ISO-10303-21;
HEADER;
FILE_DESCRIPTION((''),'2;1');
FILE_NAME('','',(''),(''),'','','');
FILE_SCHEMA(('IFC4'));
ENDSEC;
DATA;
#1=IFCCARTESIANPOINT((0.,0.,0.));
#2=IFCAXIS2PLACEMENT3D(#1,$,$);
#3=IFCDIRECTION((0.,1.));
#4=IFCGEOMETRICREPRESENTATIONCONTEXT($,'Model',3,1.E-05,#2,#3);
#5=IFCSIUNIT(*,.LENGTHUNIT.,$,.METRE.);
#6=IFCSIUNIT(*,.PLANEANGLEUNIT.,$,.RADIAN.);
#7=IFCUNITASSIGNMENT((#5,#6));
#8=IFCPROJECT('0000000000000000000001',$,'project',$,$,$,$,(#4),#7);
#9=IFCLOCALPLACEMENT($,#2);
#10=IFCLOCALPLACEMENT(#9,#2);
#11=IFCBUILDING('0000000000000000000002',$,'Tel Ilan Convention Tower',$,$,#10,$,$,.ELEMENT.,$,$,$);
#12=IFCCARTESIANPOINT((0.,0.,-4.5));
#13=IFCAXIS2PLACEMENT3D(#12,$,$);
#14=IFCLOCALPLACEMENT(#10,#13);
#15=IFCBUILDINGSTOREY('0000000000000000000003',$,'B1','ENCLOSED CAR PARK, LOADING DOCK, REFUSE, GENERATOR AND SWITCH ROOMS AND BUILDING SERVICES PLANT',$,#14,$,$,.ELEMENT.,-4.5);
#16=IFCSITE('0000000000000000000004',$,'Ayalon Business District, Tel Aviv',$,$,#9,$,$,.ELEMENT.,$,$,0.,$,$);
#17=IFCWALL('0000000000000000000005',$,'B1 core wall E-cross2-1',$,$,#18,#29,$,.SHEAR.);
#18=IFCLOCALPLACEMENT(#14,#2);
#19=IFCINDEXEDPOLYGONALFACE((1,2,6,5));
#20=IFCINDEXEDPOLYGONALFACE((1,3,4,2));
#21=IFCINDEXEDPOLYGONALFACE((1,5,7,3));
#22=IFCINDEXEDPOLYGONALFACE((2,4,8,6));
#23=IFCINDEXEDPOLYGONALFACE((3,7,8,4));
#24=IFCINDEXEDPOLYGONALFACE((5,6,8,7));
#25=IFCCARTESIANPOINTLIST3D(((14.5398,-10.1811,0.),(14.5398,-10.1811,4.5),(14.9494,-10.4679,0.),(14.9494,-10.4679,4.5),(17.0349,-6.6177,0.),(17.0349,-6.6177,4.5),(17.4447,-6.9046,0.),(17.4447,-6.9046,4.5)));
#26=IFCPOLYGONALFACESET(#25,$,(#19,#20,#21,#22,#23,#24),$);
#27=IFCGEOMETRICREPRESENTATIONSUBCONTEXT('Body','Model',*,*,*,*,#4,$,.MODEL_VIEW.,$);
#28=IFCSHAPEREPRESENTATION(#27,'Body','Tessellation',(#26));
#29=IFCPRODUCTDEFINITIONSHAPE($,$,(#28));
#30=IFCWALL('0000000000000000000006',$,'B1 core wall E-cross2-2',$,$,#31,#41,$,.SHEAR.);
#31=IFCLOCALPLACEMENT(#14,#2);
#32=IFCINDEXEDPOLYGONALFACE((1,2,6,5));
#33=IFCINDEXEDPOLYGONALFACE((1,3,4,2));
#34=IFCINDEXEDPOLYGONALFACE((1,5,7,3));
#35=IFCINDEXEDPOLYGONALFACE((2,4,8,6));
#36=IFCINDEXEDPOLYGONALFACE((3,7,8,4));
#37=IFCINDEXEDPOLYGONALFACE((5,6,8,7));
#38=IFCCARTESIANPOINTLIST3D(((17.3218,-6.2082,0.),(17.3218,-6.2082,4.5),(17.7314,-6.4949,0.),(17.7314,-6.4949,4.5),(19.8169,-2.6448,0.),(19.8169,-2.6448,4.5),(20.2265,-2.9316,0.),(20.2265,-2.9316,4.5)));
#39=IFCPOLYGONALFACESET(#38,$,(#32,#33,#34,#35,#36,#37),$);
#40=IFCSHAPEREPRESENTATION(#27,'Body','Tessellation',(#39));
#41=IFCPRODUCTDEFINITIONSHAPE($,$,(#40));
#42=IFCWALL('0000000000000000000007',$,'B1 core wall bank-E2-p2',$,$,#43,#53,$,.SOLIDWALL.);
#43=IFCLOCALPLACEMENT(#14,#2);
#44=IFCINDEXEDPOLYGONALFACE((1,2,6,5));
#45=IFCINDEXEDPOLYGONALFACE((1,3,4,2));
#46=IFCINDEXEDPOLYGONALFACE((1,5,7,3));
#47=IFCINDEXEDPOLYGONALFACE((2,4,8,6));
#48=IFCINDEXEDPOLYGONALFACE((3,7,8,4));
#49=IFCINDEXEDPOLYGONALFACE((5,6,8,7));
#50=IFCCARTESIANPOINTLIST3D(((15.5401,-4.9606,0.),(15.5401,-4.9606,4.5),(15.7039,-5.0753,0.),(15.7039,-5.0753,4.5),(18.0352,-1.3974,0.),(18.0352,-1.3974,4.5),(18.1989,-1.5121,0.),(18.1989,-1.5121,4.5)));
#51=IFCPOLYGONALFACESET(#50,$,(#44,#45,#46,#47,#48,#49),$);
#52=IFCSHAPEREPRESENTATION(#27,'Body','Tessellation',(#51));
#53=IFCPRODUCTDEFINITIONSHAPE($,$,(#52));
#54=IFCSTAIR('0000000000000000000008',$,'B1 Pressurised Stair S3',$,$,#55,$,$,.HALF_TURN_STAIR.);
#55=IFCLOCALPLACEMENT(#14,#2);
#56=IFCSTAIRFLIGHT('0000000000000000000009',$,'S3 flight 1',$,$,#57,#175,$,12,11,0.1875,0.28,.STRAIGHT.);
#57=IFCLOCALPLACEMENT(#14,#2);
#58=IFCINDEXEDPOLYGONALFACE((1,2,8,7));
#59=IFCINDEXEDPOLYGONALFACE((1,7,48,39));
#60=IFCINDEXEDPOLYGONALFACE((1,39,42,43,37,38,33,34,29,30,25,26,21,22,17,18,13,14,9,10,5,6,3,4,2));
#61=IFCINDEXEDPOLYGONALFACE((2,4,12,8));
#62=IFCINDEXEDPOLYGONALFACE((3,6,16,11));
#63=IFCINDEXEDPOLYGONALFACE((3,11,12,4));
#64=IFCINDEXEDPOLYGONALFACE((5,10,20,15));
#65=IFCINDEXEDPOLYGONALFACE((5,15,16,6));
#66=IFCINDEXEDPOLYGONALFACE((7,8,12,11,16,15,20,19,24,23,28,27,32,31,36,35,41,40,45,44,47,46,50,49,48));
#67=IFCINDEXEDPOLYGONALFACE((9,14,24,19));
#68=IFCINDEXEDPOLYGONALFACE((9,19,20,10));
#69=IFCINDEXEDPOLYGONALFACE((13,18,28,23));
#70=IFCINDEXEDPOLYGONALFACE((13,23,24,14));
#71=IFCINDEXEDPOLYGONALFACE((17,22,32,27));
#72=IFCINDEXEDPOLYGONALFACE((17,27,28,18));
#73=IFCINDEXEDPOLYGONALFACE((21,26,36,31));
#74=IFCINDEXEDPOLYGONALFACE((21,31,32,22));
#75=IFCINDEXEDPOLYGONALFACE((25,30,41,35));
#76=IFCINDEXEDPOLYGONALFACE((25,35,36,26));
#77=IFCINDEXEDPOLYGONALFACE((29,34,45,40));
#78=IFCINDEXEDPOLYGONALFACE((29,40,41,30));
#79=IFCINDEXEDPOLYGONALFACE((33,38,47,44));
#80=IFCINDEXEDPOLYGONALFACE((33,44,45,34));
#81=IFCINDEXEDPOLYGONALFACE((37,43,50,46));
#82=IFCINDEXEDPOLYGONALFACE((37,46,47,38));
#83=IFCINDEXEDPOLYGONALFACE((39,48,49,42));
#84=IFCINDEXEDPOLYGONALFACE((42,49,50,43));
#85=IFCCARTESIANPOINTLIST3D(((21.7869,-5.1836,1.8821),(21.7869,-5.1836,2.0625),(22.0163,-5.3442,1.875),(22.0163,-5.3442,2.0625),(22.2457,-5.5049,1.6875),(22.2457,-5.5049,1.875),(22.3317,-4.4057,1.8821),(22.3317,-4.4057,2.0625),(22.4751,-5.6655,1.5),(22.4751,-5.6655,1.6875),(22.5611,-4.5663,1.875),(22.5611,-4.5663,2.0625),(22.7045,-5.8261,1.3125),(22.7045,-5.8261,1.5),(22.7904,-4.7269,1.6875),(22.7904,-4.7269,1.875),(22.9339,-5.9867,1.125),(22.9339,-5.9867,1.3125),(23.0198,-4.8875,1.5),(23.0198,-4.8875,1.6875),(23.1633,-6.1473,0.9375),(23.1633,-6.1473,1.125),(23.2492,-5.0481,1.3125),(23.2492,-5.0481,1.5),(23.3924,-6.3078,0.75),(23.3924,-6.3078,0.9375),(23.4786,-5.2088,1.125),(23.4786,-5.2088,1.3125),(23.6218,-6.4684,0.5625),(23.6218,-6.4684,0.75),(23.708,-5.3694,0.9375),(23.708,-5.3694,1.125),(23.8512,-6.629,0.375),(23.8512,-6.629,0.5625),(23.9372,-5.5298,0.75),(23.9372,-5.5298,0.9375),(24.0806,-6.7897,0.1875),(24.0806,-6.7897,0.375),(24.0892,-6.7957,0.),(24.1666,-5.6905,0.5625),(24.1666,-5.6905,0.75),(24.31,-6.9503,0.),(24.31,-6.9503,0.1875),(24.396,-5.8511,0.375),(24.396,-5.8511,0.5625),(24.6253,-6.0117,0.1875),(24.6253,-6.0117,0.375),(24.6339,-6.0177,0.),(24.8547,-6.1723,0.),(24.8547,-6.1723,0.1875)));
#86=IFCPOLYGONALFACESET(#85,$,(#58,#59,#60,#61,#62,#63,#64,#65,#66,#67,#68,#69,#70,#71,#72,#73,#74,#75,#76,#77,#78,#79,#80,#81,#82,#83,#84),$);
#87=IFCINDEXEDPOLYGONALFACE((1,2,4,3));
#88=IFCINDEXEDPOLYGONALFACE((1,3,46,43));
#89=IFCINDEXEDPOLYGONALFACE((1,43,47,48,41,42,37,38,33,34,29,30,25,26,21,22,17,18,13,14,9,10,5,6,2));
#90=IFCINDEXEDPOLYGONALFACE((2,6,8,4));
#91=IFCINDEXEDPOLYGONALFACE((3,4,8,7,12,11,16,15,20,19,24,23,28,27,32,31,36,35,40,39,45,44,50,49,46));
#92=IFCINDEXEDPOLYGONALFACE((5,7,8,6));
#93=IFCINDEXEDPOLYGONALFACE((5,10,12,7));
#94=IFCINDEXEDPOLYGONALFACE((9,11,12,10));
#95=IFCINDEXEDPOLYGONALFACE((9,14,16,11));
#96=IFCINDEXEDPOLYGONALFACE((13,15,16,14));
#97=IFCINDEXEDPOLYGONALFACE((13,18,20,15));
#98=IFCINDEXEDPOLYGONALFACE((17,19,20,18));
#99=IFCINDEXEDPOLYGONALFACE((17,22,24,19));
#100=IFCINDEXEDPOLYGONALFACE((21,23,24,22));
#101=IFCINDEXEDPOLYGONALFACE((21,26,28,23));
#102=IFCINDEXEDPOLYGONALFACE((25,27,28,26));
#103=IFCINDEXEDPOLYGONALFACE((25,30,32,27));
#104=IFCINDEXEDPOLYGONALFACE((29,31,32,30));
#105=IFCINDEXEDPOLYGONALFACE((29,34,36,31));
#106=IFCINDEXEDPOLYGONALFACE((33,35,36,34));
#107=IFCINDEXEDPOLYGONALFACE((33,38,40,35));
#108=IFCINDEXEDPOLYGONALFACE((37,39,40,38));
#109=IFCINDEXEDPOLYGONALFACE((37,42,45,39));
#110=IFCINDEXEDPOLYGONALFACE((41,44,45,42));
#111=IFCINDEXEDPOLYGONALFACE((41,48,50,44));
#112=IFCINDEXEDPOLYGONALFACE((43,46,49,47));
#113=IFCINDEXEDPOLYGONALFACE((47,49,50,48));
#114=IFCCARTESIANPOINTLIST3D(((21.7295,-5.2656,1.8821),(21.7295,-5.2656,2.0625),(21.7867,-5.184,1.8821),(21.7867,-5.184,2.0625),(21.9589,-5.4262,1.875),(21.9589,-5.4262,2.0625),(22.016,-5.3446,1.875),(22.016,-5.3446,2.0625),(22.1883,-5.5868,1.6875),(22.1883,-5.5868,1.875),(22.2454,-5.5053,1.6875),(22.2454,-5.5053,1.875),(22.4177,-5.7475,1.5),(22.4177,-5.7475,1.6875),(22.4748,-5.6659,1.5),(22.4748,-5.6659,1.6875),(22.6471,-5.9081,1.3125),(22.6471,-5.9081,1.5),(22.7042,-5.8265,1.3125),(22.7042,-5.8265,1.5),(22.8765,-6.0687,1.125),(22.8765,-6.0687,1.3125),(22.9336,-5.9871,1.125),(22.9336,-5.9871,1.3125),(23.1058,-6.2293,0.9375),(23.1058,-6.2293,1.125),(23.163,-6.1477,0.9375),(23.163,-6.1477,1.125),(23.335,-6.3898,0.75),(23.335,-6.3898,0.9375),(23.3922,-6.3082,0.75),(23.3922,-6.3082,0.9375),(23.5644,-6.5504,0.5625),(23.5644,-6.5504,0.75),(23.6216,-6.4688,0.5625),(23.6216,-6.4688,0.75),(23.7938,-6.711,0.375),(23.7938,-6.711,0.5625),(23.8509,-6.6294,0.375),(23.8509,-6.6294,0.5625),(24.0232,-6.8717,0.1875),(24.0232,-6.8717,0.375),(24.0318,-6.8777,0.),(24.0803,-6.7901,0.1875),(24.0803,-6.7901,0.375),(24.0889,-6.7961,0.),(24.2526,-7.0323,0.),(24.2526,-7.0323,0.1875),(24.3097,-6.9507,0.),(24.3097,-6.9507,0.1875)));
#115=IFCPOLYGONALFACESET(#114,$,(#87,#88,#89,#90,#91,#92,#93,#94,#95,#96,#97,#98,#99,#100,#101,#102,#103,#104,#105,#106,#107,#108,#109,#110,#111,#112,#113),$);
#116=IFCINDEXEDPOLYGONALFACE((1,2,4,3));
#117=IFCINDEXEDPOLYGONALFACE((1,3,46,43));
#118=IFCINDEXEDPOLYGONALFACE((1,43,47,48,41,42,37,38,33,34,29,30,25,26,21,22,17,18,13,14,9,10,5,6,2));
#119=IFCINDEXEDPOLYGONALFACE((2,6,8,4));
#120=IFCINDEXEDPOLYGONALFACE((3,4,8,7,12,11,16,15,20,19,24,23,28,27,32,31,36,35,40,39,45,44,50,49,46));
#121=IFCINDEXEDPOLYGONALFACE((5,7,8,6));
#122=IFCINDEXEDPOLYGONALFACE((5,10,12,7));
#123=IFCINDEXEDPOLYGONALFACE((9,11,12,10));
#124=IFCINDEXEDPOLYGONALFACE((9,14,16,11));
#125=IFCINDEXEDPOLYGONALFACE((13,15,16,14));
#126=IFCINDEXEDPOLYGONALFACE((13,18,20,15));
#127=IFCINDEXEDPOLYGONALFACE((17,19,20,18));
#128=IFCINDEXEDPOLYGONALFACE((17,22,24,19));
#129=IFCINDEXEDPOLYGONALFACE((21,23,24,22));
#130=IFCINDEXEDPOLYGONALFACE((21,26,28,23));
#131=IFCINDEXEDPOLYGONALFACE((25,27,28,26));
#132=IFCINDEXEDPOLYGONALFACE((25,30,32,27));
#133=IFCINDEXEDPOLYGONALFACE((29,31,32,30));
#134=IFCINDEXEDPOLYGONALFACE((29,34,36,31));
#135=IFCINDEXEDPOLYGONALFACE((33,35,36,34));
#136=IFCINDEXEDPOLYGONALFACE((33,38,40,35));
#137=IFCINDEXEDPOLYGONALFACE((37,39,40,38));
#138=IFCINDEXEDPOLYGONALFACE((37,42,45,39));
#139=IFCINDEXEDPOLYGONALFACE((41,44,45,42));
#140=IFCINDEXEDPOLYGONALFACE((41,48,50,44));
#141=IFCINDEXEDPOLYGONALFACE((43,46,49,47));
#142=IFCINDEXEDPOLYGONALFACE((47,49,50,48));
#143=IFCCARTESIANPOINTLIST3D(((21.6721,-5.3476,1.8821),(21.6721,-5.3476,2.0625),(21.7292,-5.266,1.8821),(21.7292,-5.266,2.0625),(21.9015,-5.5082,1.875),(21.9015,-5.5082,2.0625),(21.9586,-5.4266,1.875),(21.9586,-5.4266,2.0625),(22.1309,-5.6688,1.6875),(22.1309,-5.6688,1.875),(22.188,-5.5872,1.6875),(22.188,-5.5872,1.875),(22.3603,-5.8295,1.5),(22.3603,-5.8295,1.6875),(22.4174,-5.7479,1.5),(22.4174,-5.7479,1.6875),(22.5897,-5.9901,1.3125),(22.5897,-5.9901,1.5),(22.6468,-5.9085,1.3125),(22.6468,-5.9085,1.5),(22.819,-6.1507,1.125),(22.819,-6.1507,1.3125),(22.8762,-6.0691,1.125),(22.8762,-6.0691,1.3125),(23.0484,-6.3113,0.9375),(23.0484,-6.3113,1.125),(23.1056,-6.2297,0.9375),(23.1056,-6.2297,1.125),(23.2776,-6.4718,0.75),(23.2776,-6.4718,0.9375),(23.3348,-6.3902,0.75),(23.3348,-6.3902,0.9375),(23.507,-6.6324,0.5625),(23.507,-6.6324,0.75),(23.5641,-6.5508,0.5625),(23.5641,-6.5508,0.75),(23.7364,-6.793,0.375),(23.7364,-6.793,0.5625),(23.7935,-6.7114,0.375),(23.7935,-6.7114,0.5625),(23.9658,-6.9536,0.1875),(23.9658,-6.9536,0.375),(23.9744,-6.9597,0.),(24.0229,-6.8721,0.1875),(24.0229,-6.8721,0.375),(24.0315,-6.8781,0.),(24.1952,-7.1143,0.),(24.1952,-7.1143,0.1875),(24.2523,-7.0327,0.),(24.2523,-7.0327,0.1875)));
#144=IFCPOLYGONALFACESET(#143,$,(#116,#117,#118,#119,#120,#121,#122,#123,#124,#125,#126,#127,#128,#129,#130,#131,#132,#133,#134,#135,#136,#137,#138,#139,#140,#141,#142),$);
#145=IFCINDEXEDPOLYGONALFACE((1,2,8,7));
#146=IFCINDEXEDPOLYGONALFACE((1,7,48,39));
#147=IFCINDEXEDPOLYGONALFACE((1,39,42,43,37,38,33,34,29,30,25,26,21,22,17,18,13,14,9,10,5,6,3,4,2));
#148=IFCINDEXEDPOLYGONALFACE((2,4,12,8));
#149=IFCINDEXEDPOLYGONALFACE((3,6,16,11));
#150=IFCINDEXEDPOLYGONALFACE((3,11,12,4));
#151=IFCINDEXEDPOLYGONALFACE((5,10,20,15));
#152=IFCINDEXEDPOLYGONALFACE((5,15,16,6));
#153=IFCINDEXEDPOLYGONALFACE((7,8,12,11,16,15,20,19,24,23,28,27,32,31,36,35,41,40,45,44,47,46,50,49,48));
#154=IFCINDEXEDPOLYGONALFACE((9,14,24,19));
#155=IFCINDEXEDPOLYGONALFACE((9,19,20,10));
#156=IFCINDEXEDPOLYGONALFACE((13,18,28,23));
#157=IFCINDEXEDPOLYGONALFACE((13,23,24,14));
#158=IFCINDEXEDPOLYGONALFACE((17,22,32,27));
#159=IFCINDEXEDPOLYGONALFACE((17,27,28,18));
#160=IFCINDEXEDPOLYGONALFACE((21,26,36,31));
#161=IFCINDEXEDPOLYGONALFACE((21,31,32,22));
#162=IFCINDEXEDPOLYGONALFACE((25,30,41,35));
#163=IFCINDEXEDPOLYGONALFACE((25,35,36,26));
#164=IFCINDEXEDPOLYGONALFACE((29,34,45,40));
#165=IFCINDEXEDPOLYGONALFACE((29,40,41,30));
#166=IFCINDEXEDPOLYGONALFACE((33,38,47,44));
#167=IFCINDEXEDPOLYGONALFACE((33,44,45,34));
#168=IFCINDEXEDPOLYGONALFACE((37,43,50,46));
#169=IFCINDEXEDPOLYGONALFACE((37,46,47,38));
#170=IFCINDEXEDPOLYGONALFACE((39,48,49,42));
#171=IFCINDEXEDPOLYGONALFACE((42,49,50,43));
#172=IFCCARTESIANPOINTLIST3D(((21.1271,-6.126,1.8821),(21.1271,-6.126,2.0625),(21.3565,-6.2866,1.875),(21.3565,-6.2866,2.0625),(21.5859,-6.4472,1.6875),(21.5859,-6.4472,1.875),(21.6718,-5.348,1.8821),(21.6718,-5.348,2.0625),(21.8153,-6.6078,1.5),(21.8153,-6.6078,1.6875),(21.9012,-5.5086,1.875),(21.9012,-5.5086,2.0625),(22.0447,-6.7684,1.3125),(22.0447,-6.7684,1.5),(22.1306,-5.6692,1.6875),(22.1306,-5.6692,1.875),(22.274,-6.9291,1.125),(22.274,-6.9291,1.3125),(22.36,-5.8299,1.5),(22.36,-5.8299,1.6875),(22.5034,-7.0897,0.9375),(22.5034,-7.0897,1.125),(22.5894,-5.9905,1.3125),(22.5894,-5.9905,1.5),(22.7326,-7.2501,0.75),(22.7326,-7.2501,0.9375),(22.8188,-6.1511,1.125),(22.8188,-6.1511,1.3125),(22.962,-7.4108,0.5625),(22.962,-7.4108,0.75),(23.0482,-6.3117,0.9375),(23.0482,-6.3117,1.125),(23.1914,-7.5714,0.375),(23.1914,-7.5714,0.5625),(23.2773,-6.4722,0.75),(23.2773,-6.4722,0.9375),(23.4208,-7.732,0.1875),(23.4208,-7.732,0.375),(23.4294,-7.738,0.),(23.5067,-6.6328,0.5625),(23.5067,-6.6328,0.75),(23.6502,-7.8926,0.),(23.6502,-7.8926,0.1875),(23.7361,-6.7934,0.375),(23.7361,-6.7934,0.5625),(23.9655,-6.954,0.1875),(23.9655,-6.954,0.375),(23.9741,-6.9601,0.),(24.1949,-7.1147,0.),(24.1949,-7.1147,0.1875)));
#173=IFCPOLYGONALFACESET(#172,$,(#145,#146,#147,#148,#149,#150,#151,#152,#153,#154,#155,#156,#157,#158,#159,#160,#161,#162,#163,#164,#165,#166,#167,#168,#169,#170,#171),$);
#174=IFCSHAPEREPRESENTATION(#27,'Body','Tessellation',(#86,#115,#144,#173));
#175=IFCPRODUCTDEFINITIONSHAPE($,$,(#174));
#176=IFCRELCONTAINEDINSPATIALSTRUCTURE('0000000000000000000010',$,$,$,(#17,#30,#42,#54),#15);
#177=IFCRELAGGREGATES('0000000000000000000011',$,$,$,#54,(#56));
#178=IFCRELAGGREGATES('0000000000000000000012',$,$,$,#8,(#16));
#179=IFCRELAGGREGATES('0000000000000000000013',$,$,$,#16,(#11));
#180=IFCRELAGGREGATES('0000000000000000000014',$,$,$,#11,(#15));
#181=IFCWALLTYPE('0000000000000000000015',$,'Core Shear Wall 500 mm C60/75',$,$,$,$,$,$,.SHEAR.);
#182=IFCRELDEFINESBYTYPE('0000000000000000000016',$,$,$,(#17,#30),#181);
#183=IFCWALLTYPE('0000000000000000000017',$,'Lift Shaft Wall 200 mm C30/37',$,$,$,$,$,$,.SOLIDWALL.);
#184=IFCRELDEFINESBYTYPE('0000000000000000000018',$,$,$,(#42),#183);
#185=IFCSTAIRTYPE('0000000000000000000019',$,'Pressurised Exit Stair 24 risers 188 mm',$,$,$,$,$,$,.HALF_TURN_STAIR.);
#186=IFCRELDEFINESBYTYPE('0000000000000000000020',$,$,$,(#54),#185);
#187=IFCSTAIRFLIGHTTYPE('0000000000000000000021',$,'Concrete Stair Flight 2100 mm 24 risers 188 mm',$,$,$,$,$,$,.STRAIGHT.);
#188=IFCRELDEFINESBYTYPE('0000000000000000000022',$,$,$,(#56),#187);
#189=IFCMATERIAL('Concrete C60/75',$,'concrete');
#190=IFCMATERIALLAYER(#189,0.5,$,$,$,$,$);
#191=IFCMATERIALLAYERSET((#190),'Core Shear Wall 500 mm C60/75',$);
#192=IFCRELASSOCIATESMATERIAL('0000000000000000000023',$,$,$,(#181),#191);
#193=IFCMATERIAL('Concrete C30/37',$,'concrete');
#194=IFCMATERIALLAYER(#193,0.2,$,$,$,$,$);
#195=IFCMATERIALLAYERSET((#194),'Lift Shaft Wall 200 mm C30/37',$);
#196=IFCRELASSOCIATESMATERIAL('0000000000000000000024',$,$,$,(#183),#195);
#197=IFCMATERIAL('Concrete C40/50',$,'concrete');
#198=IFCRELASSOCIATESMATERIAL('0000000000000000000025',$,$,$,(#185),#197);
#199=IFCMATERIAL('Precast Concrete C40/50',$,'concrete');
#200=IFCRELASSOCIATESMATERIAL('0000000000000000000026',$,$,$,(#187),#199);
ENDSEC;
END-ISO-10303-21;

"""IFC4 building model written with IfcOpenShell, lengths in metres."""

from ifc_helpers import new_model, si_unit, direction, frame, frame_2d, origin, place, context, subcontext, project, spatial, polyline, rectangle, outline, extrude, material, layer, layer_set, type_object, element, aggregate, save


model = new_model("IFC4")

# Units and contexts
model_context = context("Model", 3, precision=1e-05, world=origin(), true_north=direction((0.0, 1.0)))
body_context = subcontext(model_context, "Body", "Model", "MODEL_VIEW")
ifc_project = project(units=[si_unit("LENGTHUNIT", "METRE"), si_unit("PLANEANGLEUNIT", "RADIAN")], contexts=[model_context])

# Site, building, storey
site_placement = place(None, origin())
site = spatial("IfcSite", under=ifc_project, at=site_placement, Name="Ayalon Business District, Tel Aviv", CompositionType="ELEMENT", RefElevation=0.0)
building_placement = place(site_placement, origin())
building = spatial("IfcBuilding", under=site, at=building_placement, Name="Tel Ilan Convention Tower", CompositionType="ELEMENT")
storey_placement = place(building_placement, frame((0.0, 0.0, -4.5)))
storey = spatial("IfcBuildingStorey", under=building, at=storey_placement, Name="B1", Description="ENCLOSED CAR PARK, LOADING DOCK, REFUSE, GENERATOR AND SWITCH ROOMS AND BUILDING SERVICES PLANT", CompositionType="ELEMENT", Elevation=-4.5)

# Walls
ifc_material_1 = material(Name="Concrete C60/75", Category="concrete")
ifc_layer_1 = layer(ifc_material_1, 0.5)
ifc_layer_set_1 = layer_set([ifc_layer_1], Name="Core Shear Wall 500 mm C60/75")
wall_type_1 = type_object("IfcWallType", Name="Core Shear Wall 500 mm C60/75", PredefinedType="SHEAR", material=ifc_layer_set_1)
wall_1_placement = place(storey_placement, frame((14.7446, -10.3245, 0.0), z_axis=(0.0, 0.0, 1.0), x_axis=(0.573568, 0.819158, 0.0)))
element("IfcWall", 1, at=wall_1_placement, inside=storey, type_object=wall_type_1, Name="B1 core wall E-cross2-1", PredefinedType="SHEAR", context=body_context, shape_type="SweptSolid", body=[
    extrude(outline(polyline([(0.0, 0.25), (0.0, -0.25), (4.3501, -0.2502), (4.3501, 0.25), (0.0, 0.25)])), origin(), (0.0, 0.0, 1.0), 4.5),
])
wall_2_placement = place(storey_placement, frame((17.5266, -6.3516, 0.0), z_axis=(0.0, 0.0, 1.0), x_axis=(0.57353, 0.819184, 0.0)))
element("IfcWall", 2, at=wall_2_placement, inside=storey, type_object=wall_type_1, Name="B1 core wall E-cross2-2", PredefinedType="SHEAR", context=body_context, shape_type="SweptSolid", body=[
    extrude(outline(polyline([(4.3501, -0.2502), (4.3501, 0.2498), (0.0, 0.25), (0.0, -0.25), (4.3501, -0.2502)])), origin(), (0.0, 0.0, 1.0), 4.5),
])
ifc_material_2 = material(Name="Concrete C30/37", Category="concrete")
ifc_layer_2 = layer(ifc_material_2, 0.2)
ifc_layer_set_2 = layer_set([ifc_layer_2], Name="Lift Shaft Wall 200 mm C30/37")
wall_type_2 = type_object("IfcWallType", Name="Lift Shaft Wall 200 mm C30/37", PredefinedType="SOLIDWALL", material=ifc_layer_set_2)
wall_3_placement = place(storey_placement, frame((15.6221, -5.0178, 0.0), z_axis=(0.0, 0.0, 1.0), x_axis=(0.573594, 0.81914, 0.0)))
element("IfcWall", 3, at=wall_3_placement, inside=storey, type_object=wall_type_2, Name="B1 core wall bank-E2-p2", PredefinedType="SOLIDWALL", context=body_context, shape_type="SweptSolid", body=[
    extrude(rectangle(XDim=4.3499, YDim=0.2, at=frame_2d((2.1748, 0.0))), origin(), (0.0, 0.0, 1.0), 4.5),
])

# Stair, stair flight
ifc_material_3 = material(Name="Concrete C40/50", Category="concrete")
stair_type = type_object("IfcStairType", Name="Pressurised Exit Stair 24 risers 188 mm", PredefinedType="HALF_TURN_STAIR", material=ifc_material_3)
stair_1_placement = place(storey_placement, origin())
stair_1 = element("IfcStair", 4, at=stair_1_placement, inside=storey, type_object=stair_type, Name="B1 Pressurised Stair S3", PredefinedType="HALF_TURN_STAIR")
ifc_material_4 = material(Name="Precast Concrete C40/50", Category="concrete")
stair_flight_type = type_object("IfcStairFlightType", Name="Concrete Stair Flight 2100 mm 24 risers 188 mm", PredefinedType="STRAIGHT", material=ifc_material_4)
stair_flight_1_placement = place(storey_placement, frame((24.2524, -7.0325, 0.0), z_axis=(0.0, 0.0, 1.0), x_axis=(-0.819152, 0.573576, 0.0)))
stair_flight_1 = element("IfcStairFlight", 5, at=stair_flight_1_placement, type_object=stair_flight_type, Name="S3 flight 1", NumberOfRisers=12, NumberOfTreads=11, PredefinedType="STRAIGHT", RiserHeight=0.1875, TreadLength=0.28, context=body_context, shape_type="SweptSolid", body=[
    extrude(outline(polyline([(0.0, 0.0), (0.0, 0.1875), (0.28, 0.1875), (0.28, 0.375), (0.5601, 0.375), (0.5601, 0.5625), (0.8401, 0.5625), (0.8401, 0.75), (1.1201, 0.75), (1.1201, 0.9375), (1.3999, 0.9375), (1.3999, 1.125), (1.6799, 1.125), (1.6799, 1.3125), (1.96, 1.3125), (1.96, 1.5), (2.24, 1.5), (2.24, 1.6875), (2.52, 1.6875), (2.52, 1.875), (2.8, 1.875), (2.8, 2.0625), (3.0801, 2.0625), (3.0801, 2.25), (3.0801, 1.8821), (0.2695, 0.0), (0.0, 0.0)])), frame((0.0, -0.1003, 0.0), z_axis=(0.0, -1.0, 0.0), x_axis=(1.0, 0.0, 0.0)), (0.0, 0.0, 1.0), 0.9497),
    extrude(outline(polyline([(0.0, 0.0), (0.0, 0.1875), (0.28, 0.1875), (0.28, 0.375), (0.5601, 0.375), (0.5601, 0.5625), (0.8401, 0.5625), (0.8401, 0.75), (1.1201, 0.75), (1.1201, 0.9375), (1.3999, 0.9375), (1.3999, 1.125), (1.6799, 1.125), (1.6799, 1.3125), (1.96, 1.3125), (1.96, 1.5), (2.24, 1.5), (2.24, 1.6875), (2.52, 1.6875), (2.52, 1.875), (2.8, 1.875), (2.8, 2.0625), (3.0801, 2.0625), (3.0801, 2.25), (3.0801, 1.8821), (0.2695, 0.0), (0.0, 0.0)])), frame((0.0, -0.0002, 0.0), z_axis=(0.0, -1.0, 0.0), x_axis=(1.0, 0.0, 0.0)), (0.0, 0.0, 1.0), 0.0996),
    extrude(outline(polyline([(0.0, 0.0), (0.0, 0.1875), (0.28, 0.1875), (0.28, 0.375), (0.5601, 0.375), (0.5601, 0.5625), (0.8401, 0.5625), (0.8401, 0.75), (1.1201, 0.75), (1.1201, 0.9375), (1.3999, 0.9375), (1.3999, 1.125), (1.6799, 1.125), (1.6799, 1.3125), (1.96, 1.3125), (1.96, 1.5), (2.24, 1.5), (2.24, 1.6875), (2.52, 1.6875), (2.52, 1.875), (2.8, 1.875), (2.8, 2.0625), (3.0801, 2.0625), (3.0801, 2.25), (3.0801, 1.8821), (0.2695, 0.0), (0.0, 0.0)])), frame((0.0, 0.0999, 0.0), z_axis=(0.0, -1.0, 0.0), x_axis=(1.0, 0.0, 0.0)), (0.0, 0.0, 1.0), 0.0996),
    extrude(outline(polyline([(0.0, 0.0), (0.0, 0.1875), (0.28, 0.1875), (0.28, 0.375), (0.5601, 0.375), (0.5601, 0.5625), (0.8401, 0.5625), (0.8401, 0.75), (1.1201, 0.75), (1.1201, 0.9375), (1.3999, 0.9375), (1.3999, 1.125), (1.6799, 1.125), (1.6799, 1.3125), (1.96, 1.3125), (1.96, 1.5), (2.24, 1.5), (2.24, 1.6875), (2.52, 1.6875), (2.52, 1.875), (2.8, 1.875), (2.8, 2.0625), (3.0801, 2.0625), (3.0801, 2.25), (3.0801, 1.8821), (0.2695, 0.0), (0.0, 0.0)])), frame((0.0, 1.05, 0.0), z_axis=(0.0, -1.0, 0.0), x_axis=(1.0, 0.0, 0.0)), (0.0, 0.0, 1.0), 0.9497),
])
aggregate(stair_1, [stair_flight_1])

save(model, "model.ifc")
